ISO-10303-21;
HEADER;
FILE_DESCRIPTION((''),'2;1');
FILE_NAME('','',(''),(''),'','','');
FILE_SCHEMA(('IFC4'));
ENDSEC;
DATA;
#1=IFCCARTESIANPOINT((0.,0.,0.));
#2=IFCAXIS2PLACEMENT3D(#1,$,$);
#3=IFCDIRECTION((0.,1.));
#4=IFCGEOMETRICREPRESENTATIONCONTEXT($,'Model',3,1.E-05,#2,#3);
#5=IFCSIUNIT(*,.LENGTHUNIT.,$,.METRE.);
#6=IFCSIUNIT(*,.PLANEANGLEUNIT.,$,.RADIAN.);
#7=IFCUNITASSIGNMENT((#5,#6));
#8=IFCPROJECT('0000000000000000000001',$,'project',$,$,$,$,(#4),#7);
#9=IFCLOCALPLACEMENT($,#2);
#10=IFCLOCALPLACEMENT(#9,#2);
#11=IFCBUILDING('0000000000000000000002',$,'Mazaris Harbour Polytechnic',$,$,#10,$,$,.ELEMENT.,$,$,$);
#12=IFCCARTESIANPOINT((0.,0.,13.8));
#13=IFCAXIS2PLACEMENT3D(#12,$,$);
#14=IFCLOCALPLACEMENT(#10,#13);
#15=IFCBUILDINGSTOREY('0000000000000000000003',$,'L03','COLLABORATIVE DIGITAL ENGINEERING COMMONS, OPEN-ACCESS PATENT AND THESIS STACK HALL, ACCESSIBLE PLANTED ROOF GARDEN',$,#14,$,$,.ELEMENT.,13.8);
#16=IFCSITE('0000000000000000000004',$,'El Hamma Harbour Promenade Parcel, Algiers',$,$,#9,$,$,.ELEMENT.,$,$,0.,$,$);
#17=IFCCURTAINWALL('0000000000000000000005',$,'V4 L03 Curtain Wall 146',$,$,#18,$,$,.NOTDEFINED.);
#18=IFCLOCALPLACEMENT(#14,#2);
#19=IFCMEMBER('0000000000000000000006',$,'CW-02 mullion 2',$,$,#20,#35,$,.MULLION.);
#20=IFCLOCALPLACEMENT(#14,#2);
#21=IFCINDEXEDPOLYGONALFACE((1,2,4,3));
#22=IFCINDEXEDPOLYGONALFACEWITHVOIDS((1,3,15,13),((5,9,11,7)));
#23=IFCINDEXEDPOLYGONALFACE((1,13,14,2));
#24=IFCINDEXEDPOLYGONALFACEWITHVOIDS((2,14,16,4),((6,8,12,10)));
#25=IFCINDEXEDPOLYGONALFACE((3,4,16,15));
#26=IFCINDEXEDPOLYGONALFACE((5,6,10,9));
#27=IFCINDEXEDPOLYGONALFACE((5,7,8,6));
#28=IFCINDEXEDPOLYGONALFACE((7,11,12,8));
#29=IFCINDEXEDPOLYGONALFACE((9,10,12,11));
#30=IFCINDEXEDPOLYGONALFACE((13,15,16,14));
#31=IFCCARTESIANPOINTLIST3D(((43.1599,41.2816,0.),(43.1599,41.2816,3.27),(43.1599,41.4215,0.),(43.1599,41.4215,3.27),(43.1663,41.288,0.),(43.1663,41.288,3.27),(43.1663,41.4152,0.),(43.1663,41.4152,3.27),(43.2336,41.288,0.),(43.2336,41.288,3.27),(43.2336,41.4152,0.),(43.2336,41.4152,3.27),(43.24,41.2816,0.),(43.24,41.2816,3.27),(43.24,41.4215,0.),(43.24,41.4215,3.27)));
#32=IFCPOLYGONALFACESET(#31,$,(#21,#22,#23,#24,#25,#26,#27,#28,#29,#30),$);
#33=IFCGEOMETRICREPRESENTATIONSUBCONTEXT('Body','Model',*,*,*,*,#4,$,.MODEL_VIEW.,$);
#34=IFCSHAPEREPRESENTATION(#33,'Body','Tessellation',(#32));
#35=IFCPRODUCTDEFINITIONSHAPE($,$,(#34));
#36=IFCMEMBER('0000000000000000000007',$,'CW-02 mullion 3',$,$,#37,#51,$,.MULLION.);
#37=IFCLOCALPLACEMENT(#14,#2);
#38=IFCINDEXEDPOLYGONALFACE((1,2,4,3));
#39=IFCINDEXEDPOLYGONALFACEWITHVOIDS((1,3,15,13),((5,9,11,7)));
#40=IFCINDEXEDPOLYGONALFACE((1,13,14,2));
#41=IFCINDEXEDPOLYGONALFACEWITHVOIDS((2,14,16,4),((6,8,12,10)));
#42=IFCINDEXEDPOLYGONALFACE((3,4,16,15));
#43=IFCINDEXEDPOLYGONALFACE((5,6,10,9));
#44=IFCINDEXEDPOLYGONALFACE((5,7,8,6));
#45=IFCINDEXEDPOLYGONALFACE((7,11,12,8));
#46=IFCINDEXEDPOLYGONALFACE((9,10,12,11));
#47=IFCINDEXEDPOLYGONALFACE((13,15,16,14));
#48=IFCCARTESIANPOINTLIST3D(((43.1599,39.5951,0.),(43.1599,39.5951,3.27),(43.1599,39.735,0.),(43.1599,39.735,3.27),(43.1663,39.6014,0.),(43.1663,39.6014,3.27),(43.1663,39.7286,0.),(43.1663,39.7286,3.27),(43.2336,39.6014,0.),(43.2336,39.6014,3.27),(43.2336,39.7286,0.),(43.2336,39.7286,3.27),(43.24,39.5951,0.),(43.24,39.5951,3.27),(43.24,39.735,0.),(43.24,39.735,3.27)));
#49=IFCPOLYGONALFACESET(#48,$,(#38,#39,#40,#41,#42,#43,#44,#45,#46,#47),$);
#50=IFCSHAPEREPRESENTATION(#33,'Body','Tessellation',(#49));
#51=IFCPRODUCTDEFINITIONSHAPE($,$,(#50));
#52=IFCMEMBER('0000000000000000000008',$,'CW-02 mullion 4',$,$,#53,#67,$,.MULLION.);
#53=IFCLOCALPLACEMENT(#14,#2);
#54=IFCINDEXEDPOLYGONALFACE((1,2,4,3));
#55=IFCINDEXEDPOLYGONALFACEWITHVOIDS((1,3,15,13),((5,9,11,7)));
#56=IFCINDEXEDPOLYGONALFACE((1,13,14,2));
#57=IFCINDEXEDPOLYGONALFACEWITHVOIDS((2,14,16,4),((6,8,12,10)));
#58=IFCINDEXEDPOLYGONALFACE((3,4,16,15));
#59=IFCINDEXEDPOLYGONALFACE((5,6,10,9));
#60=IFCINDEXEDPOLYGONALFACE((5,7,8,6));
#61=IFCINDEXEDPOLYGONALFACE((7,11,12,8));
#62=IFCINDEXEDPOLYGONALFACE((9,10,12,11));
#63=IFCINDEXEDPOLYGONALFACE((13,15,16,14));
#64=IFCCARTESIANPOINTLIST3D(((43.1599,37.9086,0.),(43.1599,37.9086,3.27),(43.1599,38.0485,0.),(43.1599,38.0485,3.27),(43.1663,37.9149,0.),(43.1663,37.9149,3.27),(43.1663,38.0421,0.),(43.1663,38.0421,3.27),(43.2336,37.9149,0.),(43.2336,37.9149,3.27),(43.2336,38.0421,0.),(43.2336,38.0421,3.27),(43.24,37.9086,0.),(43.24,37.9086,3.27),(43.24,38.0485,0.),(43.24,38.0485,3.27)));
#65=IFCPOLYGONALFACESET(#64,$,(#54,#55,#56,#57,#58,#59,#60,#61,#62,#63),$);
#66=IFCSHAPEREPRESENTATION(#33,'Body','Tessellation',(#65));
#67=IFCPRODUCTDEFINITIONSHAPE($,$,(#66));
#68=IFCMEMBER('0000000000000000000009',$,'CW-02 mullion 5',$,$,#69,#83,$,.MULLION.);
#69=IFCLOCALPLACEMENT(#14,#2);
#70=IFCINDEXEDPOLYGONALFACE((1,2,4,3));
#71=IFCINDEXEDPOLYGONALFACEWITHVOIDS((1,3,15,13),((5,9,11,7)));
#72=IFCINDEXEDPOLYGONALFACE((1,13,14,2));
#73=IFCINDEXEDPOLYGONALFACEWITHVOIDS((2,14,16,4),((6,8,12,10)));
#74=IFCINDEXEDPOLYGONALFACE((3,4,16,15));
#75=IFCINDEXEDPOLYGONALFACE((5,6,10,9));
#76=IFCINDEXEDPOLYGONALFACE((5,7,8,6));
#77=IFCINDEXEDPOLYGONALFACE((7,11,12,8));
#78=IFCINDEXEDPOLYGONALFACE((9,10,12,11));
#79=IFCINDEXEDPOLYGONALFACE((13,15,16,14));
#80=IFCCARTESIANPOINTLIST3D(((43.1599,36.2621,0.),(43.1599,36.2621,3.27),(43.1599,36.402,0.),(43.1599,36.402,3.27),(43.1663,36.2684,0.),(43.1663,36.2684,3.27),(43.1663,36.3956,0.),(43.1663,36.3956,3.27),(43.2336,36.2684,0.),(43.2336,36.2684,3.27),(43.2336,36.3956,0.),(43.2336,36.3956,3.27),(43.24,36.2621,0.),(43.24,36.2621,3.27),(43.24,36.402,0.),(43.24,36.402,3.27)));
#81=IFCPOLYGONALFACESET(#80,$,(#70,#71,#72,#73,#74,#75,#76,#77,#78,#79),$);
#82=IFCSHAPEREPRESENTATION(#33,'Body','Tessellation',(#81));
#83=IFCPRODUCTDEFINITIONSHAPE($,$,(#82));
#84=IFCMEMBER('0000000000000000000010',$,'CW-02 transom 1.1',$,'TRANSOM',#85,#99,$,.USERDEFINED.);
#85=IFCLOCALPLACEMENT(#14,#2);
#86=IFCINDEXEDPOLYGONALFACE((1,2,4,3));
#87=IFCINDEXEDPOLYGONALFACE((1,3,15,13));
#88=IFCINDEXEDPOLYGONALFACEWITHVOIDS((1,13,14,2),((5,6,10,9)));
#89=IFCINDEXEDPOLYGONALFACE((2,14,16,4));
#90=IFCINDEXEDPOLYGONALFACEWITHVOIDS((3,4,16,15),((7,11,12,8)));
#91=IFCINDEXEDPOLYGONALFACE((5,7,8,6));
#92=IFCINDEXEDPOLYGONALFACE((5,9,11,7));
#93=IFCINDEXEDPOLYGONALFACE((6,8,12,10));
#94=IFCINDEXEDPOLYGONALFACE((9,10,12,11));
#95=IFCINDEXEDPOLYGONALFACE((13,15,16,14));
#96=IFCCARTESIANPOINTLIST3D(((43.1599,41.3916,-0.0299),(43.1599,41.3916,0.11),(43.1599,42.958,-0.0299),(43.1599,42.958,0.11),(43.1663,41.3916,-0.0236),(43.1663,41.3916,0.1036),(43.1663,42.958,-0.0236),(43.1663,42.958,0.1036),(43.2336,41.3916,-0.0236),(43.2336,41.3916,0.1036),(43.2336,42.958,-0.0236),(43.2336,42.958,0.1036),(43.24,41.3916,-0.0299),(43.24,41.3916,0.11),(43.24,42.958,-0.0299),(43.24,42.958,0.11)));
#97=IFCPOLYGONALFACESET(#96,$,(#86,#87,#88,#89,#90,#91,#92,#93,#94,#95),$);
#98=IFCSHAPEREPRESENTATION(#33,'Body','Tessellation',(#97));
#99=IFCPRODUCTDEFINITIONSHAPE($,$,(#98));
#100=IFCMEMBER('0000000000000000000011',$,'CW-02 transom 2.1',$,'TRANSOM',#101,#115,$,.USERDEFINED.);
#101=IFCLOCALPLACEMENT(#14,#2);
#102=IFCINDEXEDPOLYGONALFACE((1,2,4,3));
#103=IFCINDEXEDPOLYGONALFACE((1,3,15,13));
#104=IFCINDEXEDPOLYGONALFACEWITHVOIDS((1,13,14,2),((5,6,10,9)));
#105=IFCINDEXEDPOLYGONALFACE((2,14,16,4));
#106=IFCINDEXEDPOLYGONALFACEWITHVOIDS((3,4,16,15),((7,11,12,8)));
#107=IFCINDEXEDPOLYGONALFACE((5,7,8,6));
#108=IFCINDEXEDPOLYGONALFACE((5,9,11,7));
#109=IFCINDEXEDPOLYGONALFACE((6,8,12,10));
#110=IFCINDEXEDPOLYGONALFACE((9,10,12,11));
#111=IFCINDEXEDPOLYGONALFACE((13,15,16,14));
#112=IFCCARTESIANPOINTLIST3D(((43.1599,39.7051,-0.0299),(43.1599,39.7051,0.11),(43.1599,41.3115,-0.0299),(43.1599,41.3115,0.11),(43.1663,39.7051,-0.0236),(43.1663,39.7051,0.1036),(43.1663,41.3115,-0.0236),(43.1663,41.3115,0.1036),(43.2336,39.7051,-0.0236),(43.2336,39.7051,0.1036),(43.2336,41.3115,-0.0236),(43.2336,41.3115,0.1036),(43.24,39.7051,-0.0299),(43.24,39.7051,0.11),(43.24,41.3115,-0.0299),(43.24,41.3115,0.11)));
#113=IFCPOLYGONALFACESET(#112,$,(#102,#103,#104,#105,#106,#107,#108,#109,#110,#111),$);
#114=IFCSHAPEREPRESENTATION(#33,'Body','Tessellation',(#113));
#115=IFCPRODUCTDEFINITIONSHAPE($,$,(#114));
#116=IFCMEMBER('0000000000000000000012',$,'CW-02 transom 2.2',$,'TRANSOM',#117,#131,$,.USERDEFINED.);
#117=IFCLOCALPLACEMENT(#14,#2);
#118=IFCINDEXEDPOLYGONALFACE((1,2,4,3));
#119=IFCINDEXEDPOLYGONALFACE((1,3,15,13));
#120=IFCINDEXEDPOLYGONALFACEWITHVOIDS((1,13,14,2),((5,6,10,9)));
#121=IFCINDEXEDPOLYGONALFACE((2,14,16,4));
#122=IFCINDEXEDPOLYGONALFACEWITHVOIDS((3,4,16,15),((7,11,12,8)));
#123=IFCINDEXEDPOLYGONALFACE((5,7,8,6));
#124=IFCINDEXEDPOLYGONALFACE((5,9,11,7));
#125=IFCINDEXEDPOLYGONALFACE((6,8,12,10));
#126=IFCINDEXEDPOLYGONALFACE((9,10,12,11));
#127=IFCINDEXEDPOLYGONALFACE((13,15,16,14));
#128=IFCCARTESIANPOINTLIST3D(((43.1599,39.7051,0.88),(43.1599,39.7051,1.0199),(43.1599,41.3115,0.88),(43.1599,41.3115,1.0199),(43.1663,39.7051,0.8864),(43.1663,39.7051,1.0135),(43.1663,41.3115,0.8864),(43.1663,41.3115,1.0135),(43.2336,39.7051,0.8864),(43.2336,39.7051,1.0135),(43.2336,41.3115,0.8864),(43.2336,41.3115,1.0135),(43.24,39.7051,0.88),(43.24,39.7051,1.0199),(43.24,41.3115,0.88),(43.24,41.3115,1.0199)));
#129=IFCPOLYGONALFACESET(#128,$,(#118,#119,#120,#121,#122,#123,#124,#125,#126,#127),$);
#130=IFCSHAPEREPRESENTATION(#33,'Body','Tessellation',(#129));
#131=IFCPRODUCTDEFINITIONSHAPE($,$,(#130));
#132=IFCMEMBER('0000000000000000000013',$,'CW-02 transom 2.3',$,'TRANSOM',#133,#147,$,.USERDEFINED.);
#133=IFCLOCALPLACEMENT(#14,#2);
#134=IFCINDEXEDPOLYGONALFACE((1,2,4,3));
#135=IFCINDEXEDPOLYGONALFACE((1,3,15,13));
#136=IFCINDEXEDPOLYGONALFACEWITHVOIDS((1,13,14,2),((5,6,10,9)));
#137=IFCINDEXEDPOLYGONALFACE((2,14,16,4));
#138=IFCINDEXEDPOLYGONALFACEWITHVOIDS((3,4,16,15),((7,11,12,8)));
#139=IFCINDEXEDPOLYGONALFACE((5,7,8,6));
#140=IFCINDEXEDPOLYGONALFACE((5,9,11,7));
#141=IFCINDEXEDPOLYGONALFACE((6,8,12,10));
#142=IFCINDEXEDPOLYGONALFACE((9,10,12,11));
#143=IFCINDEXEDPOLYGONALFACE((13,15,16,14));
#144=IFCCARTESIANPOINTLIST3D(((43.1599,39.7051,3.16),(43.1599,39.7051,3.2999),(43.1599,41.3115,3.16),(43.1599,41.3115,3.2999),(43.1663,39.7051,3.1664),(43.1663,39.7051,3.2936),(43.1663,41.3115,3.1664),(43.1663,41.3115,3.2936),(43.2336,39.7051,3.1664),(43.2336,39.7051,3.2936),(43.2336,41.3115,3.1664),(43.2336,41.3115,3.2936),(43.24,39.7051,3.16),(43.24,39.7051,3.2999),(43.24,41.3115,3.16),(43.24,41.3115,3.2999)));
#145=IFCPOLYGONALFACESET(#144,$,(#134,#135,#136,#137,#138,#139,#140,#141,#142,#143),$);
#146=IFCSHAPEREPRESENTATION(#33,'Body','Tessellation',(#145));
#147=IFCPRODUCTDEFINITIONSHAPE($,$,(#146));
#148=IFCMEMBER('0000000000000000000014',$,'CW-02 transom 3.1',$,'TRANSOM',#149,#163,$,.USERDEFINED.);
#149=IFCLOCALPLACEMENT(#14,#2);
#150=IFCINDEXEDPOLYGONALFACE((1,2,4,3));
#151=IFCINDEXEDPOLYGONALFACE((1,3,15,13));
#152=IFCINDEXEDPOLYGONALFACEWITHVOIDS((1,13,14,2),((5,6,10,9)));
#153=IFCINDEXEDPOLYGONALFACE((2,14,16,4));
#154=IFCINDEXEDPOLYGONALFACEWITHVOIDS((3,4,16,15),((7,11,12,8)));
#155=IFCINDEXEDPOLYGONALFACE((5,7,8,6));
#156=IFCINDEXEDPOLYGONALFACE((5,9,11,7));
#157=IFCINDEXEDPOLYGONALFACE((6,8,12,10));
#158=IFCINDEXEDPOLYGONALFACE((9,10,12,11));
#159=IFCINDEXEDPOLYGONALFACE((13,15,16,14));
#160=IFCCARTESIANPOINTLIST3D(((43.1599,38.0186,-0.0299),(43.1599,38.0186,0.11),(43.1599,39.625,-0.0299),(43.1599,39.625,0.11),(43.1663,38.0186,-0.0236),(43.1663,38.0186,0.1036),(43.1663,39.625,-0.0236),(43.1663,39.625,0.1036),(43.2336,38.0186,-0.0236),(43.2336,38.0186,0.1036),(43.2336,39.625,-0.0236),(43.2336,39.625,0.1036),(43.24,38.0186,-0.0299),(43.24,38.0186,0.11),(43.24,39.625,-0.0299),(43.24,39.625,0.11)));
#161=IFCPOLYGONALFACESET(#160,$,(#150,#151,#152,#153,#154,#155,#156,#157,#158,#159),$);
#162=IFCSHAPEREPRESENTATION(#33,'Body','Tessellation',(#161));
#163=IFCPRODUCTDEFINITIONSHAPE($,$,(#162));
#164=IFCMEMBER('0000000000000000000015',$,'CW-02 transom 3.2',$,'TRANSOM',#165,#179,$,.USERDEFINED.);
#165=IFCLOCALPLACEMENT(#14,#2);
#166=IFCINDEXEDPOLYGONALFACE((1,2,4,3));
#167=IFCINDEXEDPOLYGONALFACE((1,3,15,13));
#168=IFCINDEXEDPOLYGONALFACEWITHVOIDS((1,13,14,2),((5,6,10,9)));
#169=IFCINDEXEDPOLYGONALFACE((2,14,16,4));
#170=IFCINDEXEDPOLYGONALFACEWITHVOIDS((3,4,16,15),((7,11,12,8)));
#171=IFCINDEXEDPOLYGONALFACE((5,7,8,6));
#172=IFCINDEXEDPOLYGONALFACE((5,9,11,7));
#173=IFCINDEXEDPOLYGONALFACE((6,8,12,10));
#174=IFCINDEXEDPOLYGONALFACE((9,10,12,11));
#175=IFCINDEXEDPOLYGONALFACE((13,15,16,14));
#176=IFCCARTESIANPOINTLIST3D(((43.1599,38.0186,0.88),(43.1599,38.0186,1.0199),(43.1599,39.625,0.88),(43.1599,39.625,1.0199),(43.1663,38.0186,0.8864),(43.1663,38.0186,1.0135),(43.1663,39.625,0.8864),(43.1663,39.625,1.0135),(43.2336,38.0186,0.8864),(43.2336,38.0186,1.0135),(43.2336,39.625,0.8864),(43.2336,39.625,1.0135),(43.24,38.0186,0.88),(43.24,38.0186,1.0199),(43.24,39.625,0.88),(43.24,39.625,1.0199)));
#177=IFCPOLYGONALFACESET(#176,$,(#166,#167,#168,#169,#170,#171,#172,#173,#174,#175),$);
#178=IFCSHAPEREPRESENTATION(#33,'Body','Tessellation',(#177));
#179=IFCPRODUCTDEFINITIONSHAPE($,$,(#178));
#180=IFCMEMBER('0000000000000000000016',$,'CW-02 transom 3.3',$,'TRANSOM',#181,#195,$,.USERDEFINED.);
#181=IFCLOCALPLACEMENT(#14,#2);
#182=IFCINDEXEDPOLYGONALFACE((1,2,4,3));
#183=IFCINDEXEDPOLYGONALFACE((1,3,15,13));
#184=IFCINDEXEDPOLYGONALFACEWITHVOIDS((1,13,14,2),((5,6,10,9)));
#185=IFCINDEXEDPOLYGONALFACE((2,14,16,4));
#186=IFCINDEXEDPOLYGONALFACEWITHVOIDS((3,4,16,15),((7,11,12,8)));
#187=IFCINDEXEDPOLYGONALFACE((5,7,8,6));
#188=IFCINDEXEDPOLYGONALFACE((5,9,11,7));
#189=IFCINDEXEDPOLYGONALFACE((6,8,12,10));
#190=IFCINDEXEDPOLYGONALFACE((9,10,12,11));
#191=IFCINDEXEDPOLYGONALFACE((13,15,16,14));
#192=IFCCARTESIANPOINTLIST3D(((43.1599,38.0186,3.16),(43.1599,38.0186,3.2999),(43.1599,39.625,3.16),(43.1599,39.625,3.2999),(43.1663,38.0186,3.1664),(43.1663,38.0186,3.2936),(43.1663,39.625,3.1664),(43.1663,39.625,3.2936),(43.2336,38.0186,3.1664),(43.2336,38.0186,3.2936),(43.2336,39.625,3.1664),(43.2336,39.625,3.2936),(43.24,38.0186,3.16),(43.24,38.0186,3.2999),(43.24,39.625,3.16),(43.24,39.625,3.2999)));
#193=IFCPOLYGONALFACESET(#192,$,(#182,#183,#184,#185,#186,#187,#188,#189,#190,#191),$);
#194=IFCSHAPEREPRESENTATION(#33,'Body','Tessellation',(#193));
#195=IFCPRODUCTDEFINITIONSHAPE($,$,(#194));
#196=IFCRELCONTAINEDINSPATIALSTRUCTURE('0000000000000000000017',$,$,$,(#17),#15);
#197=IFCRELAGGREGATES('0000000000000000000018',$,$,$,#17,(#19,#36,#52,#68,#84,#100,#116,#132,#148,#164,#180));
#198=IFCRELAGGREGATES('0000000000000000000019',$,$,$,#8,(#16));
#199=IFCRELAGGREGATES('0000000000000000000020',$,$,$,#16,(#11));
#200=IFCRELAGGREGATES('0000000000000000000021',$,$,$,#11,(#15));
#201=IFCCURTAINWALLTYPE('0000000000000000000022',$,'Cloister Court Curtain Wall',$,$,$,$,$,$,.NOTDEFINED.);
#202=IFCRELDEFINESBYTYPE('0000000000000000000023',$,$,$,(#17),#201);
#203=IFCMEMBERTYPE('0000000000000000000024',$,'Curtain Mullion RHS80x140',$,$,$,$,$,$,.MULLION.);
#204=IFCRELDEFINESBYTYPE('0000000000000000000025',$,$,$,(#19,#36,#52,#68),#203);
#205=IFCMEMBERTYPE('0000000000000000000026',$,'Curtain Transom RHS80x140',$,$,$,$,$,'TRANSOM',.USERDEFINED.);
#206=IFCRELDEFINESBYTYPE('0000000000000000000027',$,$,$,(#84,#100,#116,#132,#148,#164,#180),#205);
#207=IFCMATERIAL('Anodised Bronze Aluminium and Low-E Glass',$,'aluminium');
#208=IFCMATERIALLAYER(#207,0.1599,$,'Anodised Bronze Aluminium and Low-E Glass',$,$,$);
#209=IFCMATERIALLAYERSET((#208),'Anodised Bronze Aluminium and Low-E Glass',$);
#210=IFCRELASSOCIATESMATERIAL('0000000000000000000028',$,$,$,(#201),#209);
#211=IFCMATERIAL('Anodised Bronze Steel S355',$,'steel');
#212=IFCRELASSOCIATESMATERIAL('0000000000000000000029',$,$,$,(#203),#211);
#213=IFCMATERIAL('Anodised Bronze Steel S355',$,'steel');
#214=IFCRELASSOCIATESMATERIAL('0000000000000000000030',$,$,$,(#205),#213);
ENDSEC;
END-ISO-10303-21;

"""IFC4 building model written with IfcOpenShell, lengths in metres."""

from ifc_helpers import new_model, si_unit, direction, frame, origin, origin_2d, place, context, subcontext, project, spatial, hollow_rectangle, extrude, material, layer, layer_set, material_profile, profile_set, type_object, element, aggregate, save


model = new_model("IFC4")

# Units and contexts
model_context = context("Model", 3, precision=1e-05, world=origin(), true_north=direction((0.0, 1.0)))
body_context = subcontext(model_context, "Body", "Model", "MODEL_VIEW")
ifc_project = project(units=[si_unit("LENGTHUNIT", "METRE"), si_unit("PLANEANGLEUNIT", "RADIAN")], contexts=[model_context])

# Site, building, storey
site_placement = place(None, origin())
site = spatial("IfcSite", under=ifc_project, at=site_placement, Name="El Hamma Harbour Promenade Parcel, Algiers", CompositionType="ELEMENT", RefElevation=0.0)
building_placement = place(site_placement, origin())
building = spatial("IfcBuilding", under=site, at=building_placement, Name="Mazaris Harbour Polytechnic", CompositionType="ELEMENT")
storey_placement = place(building_placement, frame((0.0, 0.0, 13.8)))
storey = spatial("IfcBuildingStorey", under=building, at=storey_placement, Name="L03", Description="COLLABORATIVE DIGITAL ENGINEERING COMMONS, OPEN-ACCESS PATENT AND THESIS STACK HALL, ACCESSIBLE PLANTED ROOF GARDEN", CompositionType="ELEMENT", Elevation=13.8)

# Curtain wall, members
ifc_material_1 = material(Name="Anodised Bronze Aluminium and Low-E Glass", Category="aluminium")
ifc_layer_1 = layer(ifc_material_1, 0.1599, Name="Anodised Bronze Aluminium and Low-E Glass")
ifc_layer_set_1 = layer_set([ifc_layer_1], Name="Anodised Bronze Aluminium and Low-E Glass")
curtain_wall_type = type_object("IfcCurtainWallType", Name="Cloister Court Curtain Wall", PredefinedType="NOTDEFINED", material=ifc_layer_set_1)
curtain_wall_placement = place(storey_placement, origin())
curtain_wall = element("IfcCurtainWall", 1, at=curtain_wall_placement, inside=storey, type_object=curtain_wall_type, Name="V4 L03 Curtain Wall 146", PredefinedType="NOTDEFINED")
ifc_material_2 = material(Name="Anodised Bronze Steel S355", Category="steel")
ifc_material_profile_1 = material_profile(ifc_material_2, hollow_rectangle(XDim=0.0801, YDim=0.1399, WallThickness=0.0063, at=origin_2d()), Name="RHS 80x140x6.3")
ifc_profile_set_1 = profile_set([ifc_material_profile_1], Name="Anodised Bronze Steel S355")
member_type_1 = type_object("IfcMemberType", Name="Curtain Mullion RHS80x140", PredefinedType="MULLION", material=ifc_profile_set_1)
member_1_placement = place(storey_placement, frame((43.2, 41.3516, 0.0), z_axis=(0.0, 0.0, 1.0), x_axis=(1.0, 0.0, 0.0)))
member_1 = element("IfcMember", 2, at=member_1_placement, type_object=member_type_1, Name="CW-02 mullion 2", PredefinedType="MULLION", context=body_context, shape_type="SweptSolid", body=[
    extrude(hollow_rectangle(XDim=0.0801, YDim=0.1399, WallThickness=0.0063, at=origin_2d()), origin(), (0.0, 0.0, 1.0), 3.27),
])
member_2_placement = place(storey_placement, frame((43.2, 39.665, 0.0), z_axis=(0.0, 0.0, 1.0), x_axis=(1.0, 0.0, 0.0)))
member_2 = element("IfcMember", 3, at=member_2_placement, type_object=member_type_1, Name="CW-02 mullion 3", PredefinedType="MULLION", context=body_context, shape_type="SweptSolid", body=[
    extrude(hollow_rectangle(XDim=0.0801, YDim=0.1399, WallThickness=0.0063, at=origin_2d()), origin(), (0.0, 0.0, 1.0), 3.27),
])
member_3_placement = place(storey_placement, frame((43.2, 37.9785, 0.0), z_axis=(0.0, 0.0, 1.0), x_axis=(1.0, 0.0, 0.0)))
member_3 = element("IfcMember", 4, at=member_3_placement, type_object=member_type_1, Name="CW-02 mullion 4", PredefinedType="MULLION", context=body_context, shape_type="SweptSolid", body=[
    extrude(hollow_rectangle(XDim=0.0801, YDim=0.1399, WallThickness=0.0063, at=origin_2d()), origin(), (0.0, 0.0, 1.0), 3.27),
])
member_4_placement = place(storey_placement, frame((43.2, 36.332, 0.0), z_axis=(0.0, 0.0, 1.0), x_axis=(1.0, 0.0, 0.0)))
member_4 = element("IfcMember", 5, at=member_4_placement, type_object=member_type_1, Name="CW-02 mullion 5", PredefinedType="MULLION", context=body_context, shape_type="SweptSolid", body=[
    extrude(hollow_rectangle(XDim=0.0801, YDim=0.1399, WallThickness=0.0063, at=origin_2d()), origin(), (0.0, 0.0, 1.0), 3.27),
])
ifc_material_3 = material(Name="Anodised Bronze Steel S355", Category="steel")
ifc_material_profile_2 = material_profile(ifc_material_3, hollow_rectangle(XDim=0.0801, YDim=0.1399, WallThickness=0.0063, at=origin_2d()), Name="RHS 80x140x6.3")
ifc_profile_set_2 = profile_set([ifc_material_profile_2], Name="Anodised Bronze Steel S355")
member_type_2 = type_object("IfcMemberType", Name="Curtain Transom RHS80x140", ElementType="TRANSOM", PredefinedType="USERDEFINED", material=ifc_profile_set_2)
member_5_placement = place(storey_placement, frame((43.2, 42.958, 0.04), z_axis=(0.0, -1.0, 0.0), x_axis=(1.0, 0.0, 0.0)))
member_5 = element("IfcMember", 6, at=member_5_placement, type_object=member_type_2, Name="CW-02 transom 1.1", ObjectType="TRANSOM", PredefinedType="USERDEFINED", context=body_context, shape_type="SweptSolid", body=[
    extrude(hollow_rectangle(XDim=0.0801, YDim=0.1399, WallThickness=0.0063, at=origin_2d()), origin(), (0.0, 0.0, 1.0), 1.5664),
])
member_6_placement = place(storey_placement, frame((43.2, 41.3115, 0.04), z_axis=(0.0, -1.0, 0.0), x_axis=(1.0, 0.0, 0.0)))
member_6 = element("IfcMember", 7, at=member_6_placement, type_object=member_type_2, Name="CW-02 transom 2.1", ObjectType="TRANSOM", PredefinedType="USERDEFINED", context=body_context, shape_type="SweptSolid", body=[
    extrude(hollow_rectangle(XDim=0.0801, YDim=0.1399, WallThickness=0.0063, at=origin_2d()), origin(), (0.0, 0.0, 1.0), 1.6064),
])
member_7_placement = place(storey_placement, frame((43.2, 41.3115, 0.95), z_axis=(0.0, -1.0, 0.0), x_axis=(1.0, 0.0, 0.0)))
member_7 = element("IfcMember", 8, at=member_7_placement, type_object=member_type_2, Name="CW-02 transom 2.2", ObjectType="TRANSOM", PredefinedType="USERDEFINED", context=body_context, shape_type="SweptSolid", body=[
    extrude(hollow_rectangle(XDim=0.0801, YDim=0.1399, WallThickness=0.0063, at=origin_2d()), origin(), (0.0, 0.0, 1.0), 1.6064),
])
member_8_placement = place(storey_placement, frame((43.2, 41.3115, 3.23), z_axis=(0.0, -1.0, 0.0), x_axis=(1.0, 0.0, 0.0)))
member_8 = element("IfcMember", 9, at=member_8_placement, type_object=member_type_2, Name="CW-02 transom 2.3", ObjectType="TRANSOM", PredefinedType="USERDEFINED", context=body_context, shape_type="SweptSolid", body=[
    extrude(hollow_rectangle(XDim=0.0801, YDim=0.1399, WallThickness=0.0063, at=origin_2d()), origin(), (0.0, 0.0, 1.0), 1.6064),
])
member_9_placement = place(storey_placement, frame((43.2, 39.625, 0.04), z_axis=(0.0, -1.0, 0.0), x_axis=(1.0, 0.0, 0.0)))
member_9 = element("IfcMember", 10, at=member_9_placement, type_object=member_type_2, Name="CW-02 transom 3.1", ObjectType="TRANSOM", PredefinedType="USERDEFINED", context=body_context, shape_type="SweptSolid", body=[
    extrude(hollow_rectangle(XDim=0.0801, YDim=0.1399, WallThickness=0.0063, at=origin_2d()), origin(), (0.0, 0.0, 1.0), 1.6064),
])
member_10_placement = place(storey_placement, frame((43.2, 39.625, 0.95), z_axis=(0.0, -1.0, 0.0), x_axis=(1.0, 0.0, 0.0)))
member_10 = element("IfcMember", 11, at=member_10_placement, type_object=member_type_2, Name="CW-02 transom 3.2", ObjectType="TRANSOM", PredefinedType="USERDEFINED", context=body_context, shape_type="SweptSolid", body=[
    extrude(hollow_rectangle(XDim=0.0801, YDim=0.1399, WallThickness=0.0063, at=origin_2d()), origin(), (0.0, 0.0, 1.0), 1.6064),
])
member_11_placement = place(storey_placement, frame((43.2, 39.625, 3.23), z_axis=(0.0, -1.0, 0.0), x_axis=(1.0, 0.0, 0.0)))
member_11 = element("IfcMember", 12, at=member_11_placement, type_object=member_type_2, Name="CW-02 transom 3.3", ObjectType="TRANSOM", PredefinedType="USERDEFINED", context=body_context, shape_type="SweptSolid", body=[
    extrude(hollow_rectangle(XDim=0.0801, YDim=0.1399, WallThickness=0.0063, at=origin_2d()), origin(), (0.0, 0.0, 1.0), 1.6064),
])

aggregate(curtain_wall, [member_1, member_2, member_3, member_4, member_5, member_6, member_7, member_8, member_9, member_10, member_11])

save(model, "model.ifc")
